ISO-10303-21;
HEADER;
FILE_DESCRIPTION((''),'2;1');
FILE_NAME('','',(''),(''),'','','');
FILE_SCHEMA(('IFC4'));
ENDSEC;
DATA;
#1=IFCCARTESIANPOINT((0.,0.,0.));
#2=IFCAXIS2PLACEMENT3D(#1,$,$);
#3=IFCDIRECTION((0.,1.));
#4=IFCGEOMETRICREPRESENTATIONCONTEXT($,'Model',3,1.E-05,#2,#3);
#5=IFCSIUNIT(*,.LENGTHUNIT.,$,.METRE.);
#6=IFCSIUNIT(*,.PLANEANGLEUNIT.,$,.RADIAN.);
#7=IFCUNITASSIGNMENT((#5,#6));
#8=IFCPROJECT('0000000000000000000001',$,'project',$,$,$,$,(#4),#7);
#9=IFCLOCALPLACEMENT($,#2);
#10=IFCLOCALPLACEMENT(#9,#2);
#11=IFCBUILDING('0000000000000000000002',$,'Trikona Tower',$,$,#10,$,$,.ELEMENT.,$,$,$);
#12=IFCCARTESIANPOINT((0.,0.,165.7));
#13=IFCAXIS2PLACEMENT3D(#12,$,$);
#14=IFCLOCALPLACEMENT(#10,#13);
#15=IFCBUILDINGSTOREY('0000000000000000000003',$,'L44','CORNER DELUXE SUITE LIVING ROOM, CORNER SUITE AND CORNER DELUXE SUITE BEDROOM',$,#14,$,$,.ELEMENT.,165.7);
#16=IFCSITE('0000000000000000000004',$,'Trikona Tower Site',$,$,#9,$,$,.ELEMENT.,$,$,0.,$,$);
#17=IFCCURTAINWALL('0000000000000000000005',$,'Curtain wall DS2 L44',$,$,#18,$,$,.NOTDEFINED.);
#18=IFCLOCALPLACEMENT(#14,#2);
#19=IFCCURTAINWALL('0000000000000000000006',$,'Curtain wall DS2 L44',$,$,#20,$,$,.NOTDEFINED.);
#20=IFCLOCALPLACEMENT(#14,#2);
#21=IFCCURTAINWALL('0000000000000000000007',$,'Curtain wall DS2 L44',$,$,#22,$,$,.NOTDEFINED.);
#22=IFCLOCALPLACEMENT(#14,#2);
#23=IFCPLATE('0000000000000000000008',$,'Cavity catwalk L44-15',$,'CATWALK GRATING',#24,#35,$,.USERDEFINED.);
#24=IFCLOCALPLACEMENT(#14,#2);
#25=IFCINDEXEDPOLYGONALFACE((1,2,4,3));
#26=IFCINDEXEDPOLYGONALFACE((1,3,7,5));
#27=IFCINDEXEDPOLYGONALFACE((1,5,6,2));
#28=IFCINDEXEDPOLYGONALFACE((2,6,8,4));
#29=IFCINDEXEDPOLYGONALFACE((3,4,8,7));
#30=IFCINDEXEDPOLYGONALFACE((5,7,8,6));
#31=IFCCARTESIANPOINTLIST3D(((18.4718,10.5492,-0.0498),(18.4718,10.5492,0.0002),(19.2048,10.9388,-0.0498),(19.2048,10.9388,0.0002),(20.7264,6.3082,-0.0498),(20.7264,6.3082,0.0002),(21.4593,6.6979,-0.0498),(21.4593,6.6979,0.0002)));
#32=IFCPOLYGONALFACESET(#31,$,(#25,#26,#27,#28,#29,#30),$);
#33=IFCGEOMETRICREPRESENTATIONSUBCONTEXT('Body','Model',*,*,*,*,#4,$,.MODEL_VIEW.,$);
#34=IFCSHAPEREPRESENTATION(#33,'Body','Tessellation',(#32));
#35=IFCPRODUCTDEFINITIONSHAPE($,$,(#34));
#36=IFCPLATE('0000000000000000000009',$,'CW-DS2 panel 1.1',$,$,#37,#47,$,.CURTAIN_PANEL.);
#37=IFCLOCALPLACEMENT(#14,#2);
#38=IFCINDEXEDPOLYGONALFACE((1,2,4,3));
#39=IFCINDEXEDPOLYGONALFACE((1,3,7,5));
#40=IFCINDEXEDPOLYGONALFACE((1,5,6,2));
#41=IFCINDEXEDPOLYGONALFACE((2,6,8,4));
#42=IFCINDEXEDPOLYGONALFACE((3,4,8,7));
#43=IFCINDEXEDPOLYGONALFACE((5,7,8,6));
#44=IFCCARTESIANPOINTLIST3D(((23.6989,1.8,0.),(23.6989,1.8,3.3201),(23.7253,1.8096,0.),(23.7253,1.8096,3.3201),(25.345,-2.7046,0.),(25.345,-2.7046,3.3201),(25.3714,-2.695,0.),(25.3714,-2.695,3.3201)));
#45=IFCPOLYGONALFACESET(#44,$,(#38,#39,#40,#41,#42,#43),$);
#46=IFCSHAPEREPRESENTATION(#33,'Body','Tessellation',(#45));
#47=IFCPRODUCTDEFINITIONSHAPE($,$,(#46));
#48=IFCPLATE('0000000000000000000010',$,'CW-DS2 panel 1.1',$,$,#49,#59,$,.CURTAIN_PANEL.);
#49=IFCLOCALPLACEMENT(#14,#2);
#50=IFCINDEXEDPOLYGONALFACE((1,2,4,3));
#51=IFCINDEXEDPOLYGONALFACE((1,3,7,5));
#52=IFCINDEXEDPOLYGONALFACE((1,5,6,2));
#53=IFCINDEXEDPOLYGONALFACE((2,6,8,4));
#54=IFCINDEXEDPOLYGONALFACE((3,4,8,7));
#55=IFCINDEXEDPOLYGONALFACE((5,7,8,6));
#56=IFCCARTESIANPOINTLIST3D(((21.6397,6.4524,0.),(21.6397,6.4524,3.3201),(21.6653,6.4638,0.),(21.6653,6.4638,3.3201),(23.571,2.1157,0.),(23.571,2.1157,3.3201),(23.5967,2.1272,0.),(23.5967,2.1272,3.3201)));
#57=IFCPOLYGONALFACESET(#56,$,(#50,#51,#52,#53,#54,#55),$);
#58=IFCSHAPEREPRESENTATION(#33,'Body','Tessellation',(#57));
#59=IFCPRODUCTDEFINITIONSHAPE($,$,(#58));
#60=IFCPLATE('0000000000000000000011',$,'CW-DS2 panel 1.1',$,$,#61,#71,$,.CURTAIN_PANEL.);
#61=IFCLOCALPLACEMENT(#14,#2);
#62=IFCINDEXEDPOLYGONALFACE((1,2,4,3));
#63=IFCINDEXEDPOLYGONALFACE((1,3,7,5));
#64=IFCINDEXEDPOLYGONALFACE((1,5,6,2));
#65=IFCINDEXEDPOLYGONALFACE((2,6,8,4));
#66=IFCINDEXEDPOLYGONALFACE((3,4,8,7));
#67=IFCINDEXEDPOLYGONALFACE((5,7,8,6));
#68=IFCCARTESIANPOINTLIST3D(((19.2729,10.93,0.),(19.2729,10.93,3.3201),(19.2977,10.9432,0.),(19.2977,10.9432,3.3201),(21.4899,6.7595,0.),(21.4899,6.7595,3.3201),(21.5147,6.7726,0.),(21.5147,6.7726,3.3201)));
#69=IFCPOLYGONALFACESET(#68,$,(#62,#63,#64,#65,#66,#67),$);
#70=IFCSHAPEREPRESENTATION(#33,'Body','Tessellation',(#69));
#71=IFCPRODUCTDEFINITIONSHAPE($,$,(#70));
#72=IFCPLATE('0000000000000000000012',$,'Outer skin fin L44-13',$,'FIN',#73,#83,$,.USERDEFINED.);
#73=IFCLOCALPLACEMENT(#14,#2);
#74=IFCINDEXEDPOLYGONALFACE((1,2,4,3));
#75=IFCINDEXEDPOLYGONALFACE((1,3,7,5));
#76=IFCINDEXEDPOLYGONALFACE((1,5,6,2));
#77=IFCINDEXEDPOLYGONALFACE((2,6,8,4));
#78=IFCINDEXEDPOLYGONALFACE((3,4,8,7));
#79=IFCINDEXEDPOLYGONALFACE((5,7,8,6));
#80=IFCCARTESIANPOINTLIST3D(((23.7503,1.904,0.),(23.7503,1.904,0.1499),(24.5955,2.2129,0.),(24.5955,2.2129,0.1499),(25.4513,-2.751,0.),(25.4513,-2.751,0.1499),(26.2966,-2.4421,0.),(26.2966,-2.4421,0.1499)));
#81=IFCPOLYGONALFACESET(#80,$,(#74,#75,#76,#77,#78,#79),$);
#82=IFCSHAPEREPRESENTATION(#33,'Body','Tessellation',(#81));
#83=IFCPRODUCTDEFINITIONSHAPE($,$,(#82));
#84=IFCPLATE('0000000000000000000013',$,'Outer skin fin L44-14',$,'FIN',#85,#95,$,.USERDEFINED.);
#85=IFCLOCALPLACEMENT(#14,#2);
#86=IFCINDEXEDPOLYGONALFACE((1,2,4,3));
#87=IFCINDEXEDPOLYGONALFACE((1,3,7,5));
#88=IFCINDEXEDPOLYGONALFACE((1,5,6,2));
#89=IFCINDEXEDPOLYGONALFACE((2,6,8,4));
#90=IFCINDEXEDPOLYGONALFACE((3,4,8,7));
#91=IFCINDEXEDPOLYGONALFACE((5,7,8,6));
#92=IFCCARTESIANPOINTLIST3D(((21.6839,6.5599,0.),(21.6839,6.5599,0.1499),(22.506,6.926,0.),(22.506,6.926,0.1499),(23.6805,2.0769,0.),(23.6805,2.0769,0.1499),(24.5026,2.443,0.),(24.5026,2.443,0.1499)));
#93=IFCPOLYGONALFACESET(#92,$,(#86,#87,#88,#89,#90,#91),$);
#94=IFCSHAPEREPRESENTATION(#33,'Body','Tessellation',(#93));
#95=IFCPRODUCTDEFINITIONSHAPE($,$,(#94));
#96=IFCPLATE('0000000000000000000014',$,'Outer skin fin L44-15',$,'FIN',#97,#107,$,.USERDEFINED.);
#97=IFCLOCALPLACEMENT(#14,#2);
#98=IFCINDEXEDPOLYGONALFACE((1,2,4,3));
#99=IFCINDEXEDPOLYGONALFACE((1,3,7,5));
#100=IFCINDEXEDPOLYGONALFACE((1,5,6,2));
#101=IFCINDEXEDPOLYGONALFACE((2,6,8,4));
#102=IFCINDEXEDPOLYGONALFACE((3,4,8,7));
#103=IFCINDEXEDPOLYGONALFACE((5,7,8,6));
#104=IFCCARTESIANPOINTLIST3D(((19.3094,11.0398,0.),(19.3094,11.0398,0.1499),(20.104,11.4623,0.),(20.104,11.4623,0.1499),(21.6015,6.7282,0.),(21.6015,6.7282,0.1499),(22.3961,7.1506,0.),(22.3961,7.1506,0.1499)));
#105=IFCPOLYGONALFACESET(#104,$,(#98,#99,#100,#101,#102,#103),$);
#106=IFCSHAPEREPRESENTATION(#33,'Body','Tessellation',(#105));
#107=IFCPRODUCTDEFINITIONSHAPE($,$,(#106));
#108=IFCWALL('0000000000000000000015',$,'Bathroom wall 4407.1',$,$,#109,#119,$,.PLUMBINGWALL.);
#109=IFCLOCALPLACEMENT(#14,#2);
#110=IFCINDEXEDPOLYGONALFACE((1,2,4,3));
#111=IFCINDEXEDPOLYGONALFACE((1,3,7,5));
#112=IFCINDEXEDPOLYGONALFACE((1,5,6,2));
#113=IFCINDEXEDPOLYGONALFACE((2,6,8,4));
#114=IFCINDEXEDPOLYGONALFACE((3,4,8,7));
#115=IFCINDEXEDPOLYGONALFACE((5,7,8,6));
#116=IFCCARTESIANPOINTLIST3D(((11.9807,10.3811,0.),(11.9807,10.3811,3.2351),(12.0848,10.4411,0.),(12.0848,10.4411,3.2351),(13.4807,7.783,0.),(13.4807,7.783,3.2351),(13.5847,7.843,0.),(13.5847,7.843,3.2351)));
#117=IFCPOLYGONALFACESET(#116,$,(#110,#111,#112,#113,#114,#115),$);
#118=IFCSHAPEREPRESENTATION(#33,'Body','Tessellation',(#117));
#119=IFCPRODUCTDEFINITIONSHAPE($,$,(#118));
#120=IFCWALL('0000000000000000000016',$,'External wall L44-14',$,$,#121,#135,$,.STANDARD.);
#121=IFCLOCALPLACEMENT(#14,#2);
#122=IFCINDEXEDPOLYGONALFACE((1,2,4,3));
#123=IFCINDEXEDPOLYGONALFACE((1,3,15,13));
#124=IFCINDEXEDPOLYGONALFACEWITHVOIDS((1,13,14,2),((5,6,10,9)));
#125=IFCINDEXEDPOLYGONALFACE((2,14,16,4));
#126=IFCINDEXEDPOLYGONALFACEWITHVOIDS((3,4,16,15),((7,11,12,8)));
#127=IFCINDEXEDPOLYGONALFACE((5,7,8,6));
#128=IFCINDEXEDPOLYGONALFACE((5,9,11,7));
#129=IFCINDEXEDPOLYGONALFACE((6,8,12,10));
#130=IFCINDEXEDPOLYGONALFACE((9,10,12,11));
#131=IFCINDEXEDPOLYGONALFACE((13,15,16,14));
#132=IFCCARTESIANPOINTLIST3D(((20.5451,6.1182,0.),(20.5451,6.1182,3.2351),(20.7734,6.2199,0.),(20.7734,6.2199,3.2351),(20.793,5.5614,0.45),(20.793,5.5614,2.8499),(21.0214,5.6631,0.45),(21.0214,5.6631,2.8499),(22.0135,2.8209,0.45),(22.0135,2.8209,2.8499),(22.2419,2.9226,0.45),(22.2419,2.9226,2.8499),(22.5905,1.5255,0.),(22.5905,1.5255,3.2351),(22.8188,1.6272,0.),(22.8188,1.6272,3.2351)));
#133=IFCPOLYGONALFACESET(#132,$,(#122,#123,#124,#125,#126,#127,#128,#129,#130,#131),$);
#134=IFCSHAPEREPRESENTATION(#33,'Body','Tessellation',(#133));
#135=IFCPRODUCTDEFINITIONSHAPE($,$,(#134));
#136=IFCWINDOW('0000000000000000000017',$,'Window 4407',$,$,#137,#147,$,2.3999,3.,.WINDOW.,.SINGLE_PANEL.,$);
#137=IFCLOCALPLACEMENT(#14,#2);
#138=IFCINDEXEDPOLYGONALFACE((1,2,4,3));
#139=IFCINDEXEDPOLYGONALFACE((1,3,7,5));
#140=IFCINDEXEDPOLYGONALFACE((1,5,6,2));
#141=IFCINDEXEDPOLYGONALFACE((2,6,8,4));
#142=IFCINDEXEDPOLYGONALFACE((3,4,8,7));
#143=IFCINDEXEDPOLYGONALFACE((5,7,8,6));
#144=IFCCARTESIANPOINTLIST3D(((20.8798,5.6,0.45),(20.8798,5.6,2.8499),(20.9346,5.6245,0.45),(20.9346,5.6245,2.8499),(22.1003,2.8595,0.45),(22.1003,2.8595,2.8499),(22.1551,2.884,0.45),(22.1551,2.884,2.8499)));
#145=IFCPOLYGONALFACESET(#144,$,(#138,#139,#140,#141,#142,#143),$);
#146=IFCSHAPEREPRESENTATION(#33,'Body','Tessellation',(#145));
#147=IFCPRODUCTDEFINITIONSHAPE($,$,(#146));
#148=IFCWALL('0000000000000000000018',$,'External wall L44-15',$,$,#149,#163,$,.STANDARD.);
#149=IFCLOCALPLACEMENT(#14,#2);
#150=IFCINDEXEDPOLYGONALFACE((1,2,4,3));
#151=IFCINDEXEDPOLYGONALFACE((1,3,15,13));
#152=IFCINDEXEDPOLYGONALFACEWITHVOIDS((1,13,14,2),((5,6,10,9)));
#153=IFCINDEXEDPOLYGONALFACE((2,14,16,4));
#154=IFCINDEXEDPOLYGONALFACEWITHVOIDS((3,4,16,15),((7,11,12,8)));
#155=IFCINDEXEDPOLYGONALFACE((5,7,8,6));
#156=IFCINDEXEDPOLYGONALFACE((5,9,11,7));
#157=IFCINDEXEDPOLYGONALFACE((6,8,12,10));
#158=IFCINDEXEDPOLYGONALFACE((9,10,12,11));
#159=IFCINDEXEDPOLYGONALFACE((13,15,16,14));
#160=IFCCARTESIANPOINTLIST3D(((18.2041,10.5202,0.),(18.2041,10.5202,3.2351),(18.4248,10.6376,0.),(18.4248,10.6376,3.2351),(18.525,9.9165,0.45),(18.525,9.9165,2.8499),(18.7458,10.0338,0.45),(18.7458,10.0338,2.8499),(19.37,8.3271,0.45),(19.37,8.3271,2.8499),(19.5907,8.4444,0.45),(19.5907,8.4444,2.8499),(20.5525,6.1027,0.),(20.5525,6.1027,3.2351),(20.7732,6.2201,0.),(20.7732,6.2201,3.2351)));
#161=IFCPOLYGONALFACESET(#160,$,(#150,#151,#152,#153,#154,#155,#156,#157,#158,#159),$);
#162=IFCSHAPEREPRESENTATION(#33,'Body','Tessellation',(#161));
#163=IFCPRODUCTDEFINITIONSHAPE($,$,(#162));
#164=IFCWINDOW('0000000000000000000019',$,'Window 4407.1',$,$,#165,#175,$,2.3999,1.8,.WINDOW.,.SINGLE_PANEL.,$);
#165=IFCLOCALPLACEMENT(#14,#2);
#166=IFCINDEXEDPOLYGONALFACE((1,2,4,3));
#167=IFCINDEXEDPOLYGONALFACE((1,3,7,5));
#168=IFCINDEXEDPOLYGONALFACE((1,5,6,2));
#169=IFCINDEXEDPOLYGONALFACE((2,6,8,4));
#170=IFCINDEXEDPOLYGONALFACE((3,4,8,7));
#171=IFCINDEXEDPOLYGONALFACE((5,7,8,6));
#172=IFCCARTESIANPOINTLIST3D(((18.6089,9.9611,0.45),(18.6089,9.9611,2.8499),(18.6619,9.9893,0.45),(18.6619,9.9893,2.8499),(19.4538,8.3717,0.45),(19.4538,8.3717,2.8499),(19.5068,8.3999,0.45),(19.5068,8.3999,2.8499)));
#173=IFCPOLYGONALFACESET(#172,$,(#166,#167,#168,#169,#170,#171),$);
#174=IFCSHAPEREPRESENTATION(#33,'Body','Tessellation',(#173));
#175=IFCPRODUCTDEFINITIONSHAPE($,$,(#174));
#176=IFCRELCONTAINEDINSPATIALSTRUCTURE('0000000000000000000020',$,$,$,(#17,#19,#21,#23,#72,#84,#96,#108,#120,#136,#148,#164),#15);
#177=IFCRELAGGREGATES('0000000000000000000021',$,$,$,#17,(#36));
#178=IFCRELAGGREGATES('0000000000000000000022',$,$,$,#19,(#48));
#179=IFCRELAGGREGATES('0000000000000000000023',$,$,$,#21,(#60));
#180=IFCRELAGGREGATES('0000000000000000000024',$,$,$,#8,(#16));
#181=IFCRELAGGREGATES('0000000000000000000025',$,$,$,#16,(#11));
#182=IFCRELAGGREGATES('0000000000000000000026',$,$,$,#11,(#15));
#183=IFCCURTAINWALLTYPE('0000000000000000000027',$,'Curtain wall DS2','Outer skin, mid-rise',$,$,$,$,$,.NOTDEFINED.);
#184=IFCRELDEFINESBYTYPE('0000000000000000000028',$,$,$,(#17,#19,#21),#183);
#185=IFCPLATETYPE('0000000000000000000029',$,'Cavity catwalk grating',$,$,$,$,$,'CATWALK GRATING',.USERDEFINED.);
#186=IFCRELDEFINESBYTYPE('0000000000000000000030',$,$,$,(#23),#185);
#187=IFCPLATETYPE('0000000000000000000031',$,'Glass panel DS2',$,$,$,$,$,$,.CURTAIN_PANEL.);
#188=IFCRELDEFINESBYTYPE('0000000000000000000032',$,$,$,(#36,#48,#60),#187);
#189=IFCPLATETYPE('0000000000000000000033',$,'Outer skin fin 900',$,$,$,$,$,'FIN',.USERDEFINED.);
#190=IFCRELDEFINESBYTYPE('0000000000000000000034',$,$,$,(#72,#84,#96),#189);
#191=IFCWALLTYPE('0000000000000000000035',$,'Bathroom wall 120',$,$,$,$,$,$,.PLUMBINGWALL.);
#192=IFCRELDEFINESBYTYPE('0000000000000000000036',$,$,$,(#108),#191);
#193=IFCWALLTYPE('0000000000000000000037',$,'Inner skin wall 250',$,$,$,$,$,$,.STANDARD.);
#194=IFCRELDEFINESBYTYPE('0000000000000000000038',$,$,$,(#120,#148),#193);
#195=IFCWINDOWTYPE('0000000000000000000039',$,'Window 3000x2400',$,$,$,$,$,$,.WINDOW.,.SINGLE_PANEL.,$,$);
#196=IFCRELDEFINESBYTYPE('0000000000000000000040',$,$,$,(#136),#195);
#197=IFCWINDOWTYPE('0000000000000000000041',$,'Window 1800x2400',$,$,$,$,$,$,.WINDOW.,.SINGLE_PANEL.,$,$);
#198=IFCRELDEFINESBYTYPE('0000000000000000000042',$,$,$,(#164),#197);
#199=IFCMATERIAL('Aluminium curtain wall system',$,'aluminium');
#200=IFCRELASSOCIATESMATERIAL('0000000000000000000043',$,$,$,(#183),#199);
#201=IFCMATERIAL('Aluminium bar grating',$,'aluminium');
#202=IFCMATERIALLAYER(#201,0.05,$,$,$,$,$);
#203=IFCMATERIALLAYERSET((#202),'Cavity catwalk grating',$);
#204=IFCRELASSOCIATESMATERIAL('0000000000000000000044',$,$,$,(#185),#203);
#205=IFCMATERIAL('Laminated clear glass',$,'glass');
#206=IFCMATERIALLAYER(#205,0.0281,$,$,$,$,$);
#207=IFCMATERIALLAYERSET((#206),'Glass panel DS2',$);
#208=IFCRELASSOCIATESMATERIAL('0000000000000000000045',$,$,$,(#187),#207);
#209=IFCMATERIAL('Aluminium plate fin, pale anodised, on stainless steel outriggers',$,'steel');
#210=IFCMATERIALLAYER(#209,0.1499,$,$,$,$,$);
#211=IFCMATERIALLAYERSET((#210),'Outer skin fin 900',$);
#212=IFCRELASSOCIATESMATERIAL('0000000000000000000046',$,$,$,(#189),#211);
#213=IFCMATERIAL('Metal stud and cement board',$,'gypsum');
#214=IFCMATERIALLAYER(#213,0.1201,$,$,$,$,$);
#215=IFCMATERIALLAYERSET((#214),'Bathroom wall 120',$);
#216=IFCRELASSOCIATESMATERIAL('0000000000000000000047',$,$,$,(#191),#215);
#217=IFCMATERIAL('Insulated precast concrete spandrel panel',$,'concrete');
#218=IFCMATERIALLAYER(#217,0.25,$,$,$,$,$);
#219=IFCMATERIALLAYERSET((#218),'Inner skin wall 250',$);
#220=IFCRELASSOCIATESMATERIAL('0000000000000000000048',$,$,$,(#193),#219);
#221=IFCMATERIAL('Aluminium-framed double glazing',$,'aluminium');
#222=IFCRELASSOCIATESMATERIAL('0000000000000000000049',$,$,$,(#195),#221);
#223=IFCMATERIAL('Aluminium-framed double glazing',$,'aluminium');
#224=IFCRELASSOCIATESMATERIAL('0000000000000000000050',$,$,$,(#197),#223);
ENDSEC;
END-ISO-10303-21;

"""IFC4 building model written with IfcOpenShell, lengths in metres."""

from ifc_helpers import new_model, si_unit, direction, frame, frame_2d, origin, origin_2d, place, context, subcontext, project, spatial, rectangle, extrude, material, layer, layer_set, type_object, element, fill, aggregate, save


model = new_model("IFC4")

# Units and contexts
model_context = context("Model", 3, precision=1e-05, world=origin(), true_north=direction((0.0, 1.0)))
body_context = subcontext(model_context, "Body", "Model", "MODEL_VIEW")
ifc_project = project(units=[si_unit("LENGTHUNIT", "METRE"), si_unit("PLANEANGLEUNIT", "RADIAN")], contexts=[model_context])

# Site, building, storey
site_placement = place(None, origin())
site = spatial("IfcSite", under=ifc_project, at=site_placement, Name="Trikona Tower Site", CompositionType="ELEMENT", RefElevation=0.0)
building_placement = place(site_placement, origin())
building = spatial("IfcBuilding", under=site, at=building_placement, Name="Trikona Tower", CompositionType="ELEMENT")
storey_placement = place(building_placement, frame((0.0, 0.0, 165.7)))
storey = spatial("IfcBuildingStorey", under=building, at=storey_placement, Name="L44", Description="CORNER DELUXE SUITE LIVING ROOM, CORNER SUITE AND CORNER DELUXE SUITE BEDROOM", CompositionType="ELEMENT", Elevation=165.7)

# Curtain wall
ifc_material_1 = material(Name="Aluminium curtain wall system", Category="aluminium")
curtain_wall_type = type_object("IfcCurtainWallType", Name="Curtain wall DS2", Description="Outer skin, mid-rise", PredefinedType="NOTDEFINED", material=ifc_material_1)
curtain_wall_1_placement = place(storey_placement, origin())
curtain_wall_1 = element("IfcCurtainWall", 1, at=curtain_wall_1_placement, inside=storey, type_object=curtain_wall_type, Name="Curtain wall DS2 L44", PredefinedType="NOTDEFINED")

# Curtain wall
curtain_wall_2_placement = place(storey_placement, origin())
curtain_wall_2 = element("IfcCurtainWall", 2, at=curtain_wall_2_placement, inside=storey, type_object=curtain_wall_type, Name="Curtain wall DS2 L44", PredefinedType="NOTDEFINED")

# Curtain wall
curtain_wall_3_placement = place(storey_placement, origin())
curtain_wall_3 = element("IfcCurtainWall", 3, at=curtain_wall_3_placement, inside=storey, type_object=curtain_wall_type, Name="Curtain wall DS2 L44", PredefinedType="NOTDEFINED")

# Plate
ifc_material_2 = material(Name="Aluminium bar grating", Category="aluminium")
ifc_layer_1 = layer(ifc_material_2, 0.05)
ifc_layer_set_1 = layer_set([ifc_layer_1], Name="Cavity catwalk grating")
plate_type_1 = type_object("IfcPlateType", Name="Cavity catwalk grating", ElementType="CATWALK GRATING", PredefinedType="USERDEFINED", material=ifc_layer_set_1)
plate_1_placement = place(storey_placement, frame((19.9656, 8.6235, -0.0498), z_axis=(0.0, 0.0, 1.0), x_axis=(-0.469398, 0.882987, 0.0)))
element("IfcPlate", 4, at=plate_1_placement, inside=storey, type_object=plate_type_1, Name="Cavity catwalk L44-15", ObjectType="CATWALK GRATING", PredefinedType="USERDEFINED", context=body_context, shape_type="SweptSolid", body=[
    extrude(rectangle(XDim=4.803, YDim=0.8301, at=origin_2d()), origin(), (0.0, 0.0, 1.0), 0.05),
])

# Plates
ifc_material_3 = material(Name="Laminated clear glass", Category="glass")
ifc_layer_2 = layer(ifc_material_3, 0.0281)
ifc_layer_set_2 = layer_set([ifc_layer_2], Name="Glass panel DS2")
plate_type_2 = type_object("IfcPlateType", Name="Glass panel DS2", PredefinedType="CURTAIN_PANEL", material=ifc_layer_set_2)
plate_2_placement = place(storey_placement, frame((24.5352, -0.4475, 0.0), z_axis=(0.0, 0.0, 1.0), x_axis=(-0.343223, 0.939254, 0.0)))
plate_2 = element("IfcPlate", 5, at=plate_2_placement, type_object=plate_type_2, Name="CW-DS2 panel 1.1", PredefinedType="CURTAIN_PANEL", context=body_context, shape_type="SweptSolid", body=[
    extrude(rectangle(XDim=4.7959, YDim=0.0281, at=origin_2d()), origin(), (0.0, 0.0, 1.0), 3.3201),
])
aggregate(curtain_wall_1, [plate_2])
plate_3_placement = place(storey_placement, frame((22.6182, 4.2898, 0.0), z_axis=(0.0, 0.0, 1.0), x_axis=(-0.406836, 0.913501, 0.0)))
plate_3 = element("IfcPlate", 6, at=plate_3_placement, type_object=plate_type_2, Name="CW-DS2 panel 1.1", PredefinedType="CURTAIN_PANEL", context=body_context, shape_type="SweptSolid", body=[
    extrude(rectangle(XDim=4.7473, YDim=0.0281, at=origin_2d()), origin(), (0.0, 0.0, 1.0), 3.3201),
])
aggregate(curtain_wall_2, [plate_3])
plate_4_placement = place(storey_placement, frame((20.3938, 8.8513, 0.0), z_axis=(0.0, 0.0, 1.0), x_axis=(-0.46938, 0.882996, 0.0)))
plate_4 = element("IfcPlate", 7, at=plate_4_placement, type_object=plate_type_2, Name="CW-DS2 panel 1.1", PredefinedType="CURTAIN_PANEL", context=body_context, shape_type="SweptSolid", body=[
    extrude(rectangle(XDim=4.7231, YDim=0.0281, at=origin_2d()), origin(), (0.0, 0.0, 1.0), 3.3201),
])
aggregate(curtain_wall_3, [plate_4])

# Plates
ifc_material_4 = material(Name="Aluminium plate fin, pale anodised, on stainless steel outriggers", Category="steel")
ifc_layer_3 = layer(ifc_material_4, 0.1499)
ifc_layer_set_3 = layer_set([ifc_layer_3], Name="Outer skin fin 900")
plate_type_3 = type_object("IfcPlateType", Name="Outer skin fin 900", ElementType="FIN", PredefinedType="USERDEFINED", material=ifc_layer_set_3)
plate_5_placement = place(storey_placement, frame((25.0234, -0.269, 0.0), z_axis=(0.0, 0.0, 1.0), x_axis=(-0.34322, 0.939255, 0.0)))
element("IfcPlate", 8, at=plate_5_placement, inside=storey, type_object=plate_type_3, Name="Outer skin fin L44-13", ObjectType="FIN", PredefinedType="USERDEFINED", context=body_context, shape_type="SweptSolid", body=[
    extrude(rectangle(XDim=4.9561, YDim=0.8999, at=origin_2d()), origin(), (0.0, 0.0, 1.0), 0.1499),
])
plate_6_placement = place(storey_placement, frame((23.0933, 4.5015, 0.0), z_axis=(0.0, 0.0, 1.0), x_axis=(-0.406843, 0.913498, 0.0)))
element("IfcPlate", 9, at=plate_6_placement, inside=storey, type_object=plate_type_3, Name="Outer skin fin L44-14", ObjectType="FIN", PredefinedType="USERDEFINED", context=body_context, shape_type="SweptSolid", body=[
    extrude(rectangle(XDim=4.9075, YDim=0.8999, at=origin_2d()), origin(), (0.0, 0.0, 1.0), 0.1499),
])
plate_7_placement = place(storey_placement, frame((20.8528, 9.0952, 0.0), z_axis=(0.0, 0.0, 1.0), x_axis=(-0.469398, 0.882987, 0.0)))
element("IfcPlate", 10, at=plate_7_placement, inside=storey, type_object=plate_type_3, Name="Outer skin fin L44-15", ObjectType="FIN", PredefinedType="USERDEFINED", context=body_context, shape_type="SweptSolid", body=[
    extrude(rectangle(XDim=4.8831, YDim=0.8999, at=origin_2d()), origin(), (0.0, 0.0, 1.0), 0.1499),
])

# Wall
ifc_material_5 = material(Name="Metal stud and cement board", Category="gypsum")
ifc_layer_4 = layer(ifc_material_5, 0.1201)
ifc_layer_set_4 = layer_set([ifc_layer_4], Name="Bathroom wall 120")
wall_type_1 = type_object("IfcWallType", Name="Bathroom wall 120", PredefinedType="PLUMBINGWALL", material=ifc_layer_set_4)
wall_1_placement = place(storey_placement, frame((13.5327, 7.813, 0.0), z_axis=(0.0, 0.0, 1.0), x_axis=(-0.49999, 0.866031, 0.0)))
element("IfcWall", 11, at=wall_1_placement, inside=storey, type_object=wall_type_1, Name="Bathroom wall 4407.1", PredefinedType="PLUMBINGWALL", context=body_context, shape_type="SweptSolid", body=[
    extrude(rectangle(XDim=3.0, YDim=0.1201, at=frame_2d((1.5, 0.0))), origin(), (0.0, 0.0, 1.0), 3.2351),
])

# Walls, openings, windows
ifc_material_6 = material(Name="Insulated precast concrete spandrel panel", Category="concrete")
ifc_layer_5 = layer(ifc_material_6, 0.25)
ifc_layer_set_5 = layer_set([ifc_layer_5], Name="Inner skin wall 250")
wall_type_2 = type_object("IfcWallType", Name="Inner skin wall 250", PredefinedType="STANDARD", material=ifc_layer_set_5)
wall_2_placement = place(storey_placement, frame((22.7046, 1.5764, 0.0), z_axis=(0.0, 0.0, 1.0), x_axis=(-0.406832, 0.913503, 0.0)))
wall_2 = element("IfcWall", 12, at=wall_2_placement, inside=storey, type_object=wall_type_2, Name="External wall L44-14", PredefinedType="STANDARD", context=body_context, shape_type="SweptSolid", body=[
    extrude(rectangle(XDim=5.0276, YDim=0.25, at=frame_2d((2.5137, 0.0))), origin(), (0.0, 0.0, 1.0), 3.2351),
])
opening_1_placement = place(wall_2_placement, frame((1.418, 0.0, 0.45)))
opening_1 = element("IfcOpeningElement", 13, at=opening_1_placement, cuts=wall_2, PredefinedType="OPENING", context=body_context, shape_type="SweptSolid", body=[
    extrude(rectangle(XDim=3.0, YDim=2.3999, at=frame_2d((1.5, 1.2))), frame((0.0, 0.135, 0.0), z_axis=(0.0, -1.0, 0.0), x_axis=(1.0, 0.0, 0.0)), (0.0, 0.0, 1.0), 0.27),
])
ifc_material_7 = material(Name="Aluminium-framed double glazing", Category="aluminium")
window_type_1 = type_object("IfcWindowType", Name="Window 3000x2400", PartitioningType="SINGLE_PANEL", PredefinedType="WINDOW", material=ifc_material_7)
window_1_placement = place(opening_1_placement, origin())
window_1 = element("IfcWindow", 14, at=window_1_placement, inside=storey, type_object=window_type_1, Name="Window 4407", OverallHeight=2.3999, OverallWidth=3.0, PartitioningType="SINGLE_PANEL", PredefinedType="WINDOW", context=body_context, shape_type="SweptSolid", body=[
    extrude(rectangle(XDim=3.0, YDim=2.3999, at=frame_2d((1.5, 1.2))), frame((0.0, 0.03, 0.0), z_axis=(0.0, -1.0, 0.0), x_axis=(1.0, 0.0, 0.0)), (0.0, 0.0, 1.0), 0.0601),
])
fill(opening_1, window_1)
wall_3_placement = place(storey_placement, frame((20.6628, 6.1614, 0.0), z_axis=(0.0, 0.0, 1.0), x_axis=(-0.469405, 0.882983, 0.0)))
wall_3 = element("IfcWall", 15, at=wall_3_placement, inside=storey, type_object=wall_type_2, Name="External wall L44-15", PredefinedType="STANDARD", context=body_context, shape_type="SweptSolid", body=[
    extrude(rectangle(XDim=5.0029, YDim=0.25, at=frame_2d((2.5015, 0.0))), origin(), (0.0, 0.0, 1.0), 3.2351),
])
opening_2_placement = place(wall_3_placement, frame((2.5193, 0.0, 0.45)))
opening_2 = element("IfcOpeningElement", 16, at=opening_2_placement, cuts=wall_3, PredefinedType="OPENING", context=body_context, shape_type="SweptSolid", body=[
    extrude(rectangle(XDim=1.8, YDim=2.3999, at=frame_2d((0.8999, 1.2))), frame((0.0, 0.135, 0.0), z_axis=(0.0, -1.0, 0.0), x_axis=(1.0, 0.0, 0.0)), (0.0, 0.0, 1.0), 0.27),
])
ifc_material_8 = material(Name="Aluminium-framed double glazing", Category="aluminium")
window_type_2 = type_object("IfcWindowType", Name="Window 1800x2400", PartitioningType="SINGLE_PANEL", PredefinedType="WINDOW", material=ifc_material_8)
window_2_placement = place(opening_2_placement, origin())
window_2 = element("IfcWindow", 17, at=window_2_placement, inside=storey, type_object=window_type_2, Name="Window 4407.1", OverallHeight=2.3999, OverallWidth=1.8, PartitioningType="SINGLE_PANEL", PredefinedType="WINDOW", context=body_context, shape_type="SweptSolid", body=[
    extrude(rectangle(XDim=1.8, YDim=2.3999, at=frame_2d((0.8999, 1.2))), frame((0.0, 0.03, 0.0), z_axis=(0.0, -1.0, 0.0), x_axis=(1.0, 0.0, 0.0)), (0.0, 0.0, 1.0), 0.0601),
])
fill(opening_2, window_2)

save(model, "model.ifc")
